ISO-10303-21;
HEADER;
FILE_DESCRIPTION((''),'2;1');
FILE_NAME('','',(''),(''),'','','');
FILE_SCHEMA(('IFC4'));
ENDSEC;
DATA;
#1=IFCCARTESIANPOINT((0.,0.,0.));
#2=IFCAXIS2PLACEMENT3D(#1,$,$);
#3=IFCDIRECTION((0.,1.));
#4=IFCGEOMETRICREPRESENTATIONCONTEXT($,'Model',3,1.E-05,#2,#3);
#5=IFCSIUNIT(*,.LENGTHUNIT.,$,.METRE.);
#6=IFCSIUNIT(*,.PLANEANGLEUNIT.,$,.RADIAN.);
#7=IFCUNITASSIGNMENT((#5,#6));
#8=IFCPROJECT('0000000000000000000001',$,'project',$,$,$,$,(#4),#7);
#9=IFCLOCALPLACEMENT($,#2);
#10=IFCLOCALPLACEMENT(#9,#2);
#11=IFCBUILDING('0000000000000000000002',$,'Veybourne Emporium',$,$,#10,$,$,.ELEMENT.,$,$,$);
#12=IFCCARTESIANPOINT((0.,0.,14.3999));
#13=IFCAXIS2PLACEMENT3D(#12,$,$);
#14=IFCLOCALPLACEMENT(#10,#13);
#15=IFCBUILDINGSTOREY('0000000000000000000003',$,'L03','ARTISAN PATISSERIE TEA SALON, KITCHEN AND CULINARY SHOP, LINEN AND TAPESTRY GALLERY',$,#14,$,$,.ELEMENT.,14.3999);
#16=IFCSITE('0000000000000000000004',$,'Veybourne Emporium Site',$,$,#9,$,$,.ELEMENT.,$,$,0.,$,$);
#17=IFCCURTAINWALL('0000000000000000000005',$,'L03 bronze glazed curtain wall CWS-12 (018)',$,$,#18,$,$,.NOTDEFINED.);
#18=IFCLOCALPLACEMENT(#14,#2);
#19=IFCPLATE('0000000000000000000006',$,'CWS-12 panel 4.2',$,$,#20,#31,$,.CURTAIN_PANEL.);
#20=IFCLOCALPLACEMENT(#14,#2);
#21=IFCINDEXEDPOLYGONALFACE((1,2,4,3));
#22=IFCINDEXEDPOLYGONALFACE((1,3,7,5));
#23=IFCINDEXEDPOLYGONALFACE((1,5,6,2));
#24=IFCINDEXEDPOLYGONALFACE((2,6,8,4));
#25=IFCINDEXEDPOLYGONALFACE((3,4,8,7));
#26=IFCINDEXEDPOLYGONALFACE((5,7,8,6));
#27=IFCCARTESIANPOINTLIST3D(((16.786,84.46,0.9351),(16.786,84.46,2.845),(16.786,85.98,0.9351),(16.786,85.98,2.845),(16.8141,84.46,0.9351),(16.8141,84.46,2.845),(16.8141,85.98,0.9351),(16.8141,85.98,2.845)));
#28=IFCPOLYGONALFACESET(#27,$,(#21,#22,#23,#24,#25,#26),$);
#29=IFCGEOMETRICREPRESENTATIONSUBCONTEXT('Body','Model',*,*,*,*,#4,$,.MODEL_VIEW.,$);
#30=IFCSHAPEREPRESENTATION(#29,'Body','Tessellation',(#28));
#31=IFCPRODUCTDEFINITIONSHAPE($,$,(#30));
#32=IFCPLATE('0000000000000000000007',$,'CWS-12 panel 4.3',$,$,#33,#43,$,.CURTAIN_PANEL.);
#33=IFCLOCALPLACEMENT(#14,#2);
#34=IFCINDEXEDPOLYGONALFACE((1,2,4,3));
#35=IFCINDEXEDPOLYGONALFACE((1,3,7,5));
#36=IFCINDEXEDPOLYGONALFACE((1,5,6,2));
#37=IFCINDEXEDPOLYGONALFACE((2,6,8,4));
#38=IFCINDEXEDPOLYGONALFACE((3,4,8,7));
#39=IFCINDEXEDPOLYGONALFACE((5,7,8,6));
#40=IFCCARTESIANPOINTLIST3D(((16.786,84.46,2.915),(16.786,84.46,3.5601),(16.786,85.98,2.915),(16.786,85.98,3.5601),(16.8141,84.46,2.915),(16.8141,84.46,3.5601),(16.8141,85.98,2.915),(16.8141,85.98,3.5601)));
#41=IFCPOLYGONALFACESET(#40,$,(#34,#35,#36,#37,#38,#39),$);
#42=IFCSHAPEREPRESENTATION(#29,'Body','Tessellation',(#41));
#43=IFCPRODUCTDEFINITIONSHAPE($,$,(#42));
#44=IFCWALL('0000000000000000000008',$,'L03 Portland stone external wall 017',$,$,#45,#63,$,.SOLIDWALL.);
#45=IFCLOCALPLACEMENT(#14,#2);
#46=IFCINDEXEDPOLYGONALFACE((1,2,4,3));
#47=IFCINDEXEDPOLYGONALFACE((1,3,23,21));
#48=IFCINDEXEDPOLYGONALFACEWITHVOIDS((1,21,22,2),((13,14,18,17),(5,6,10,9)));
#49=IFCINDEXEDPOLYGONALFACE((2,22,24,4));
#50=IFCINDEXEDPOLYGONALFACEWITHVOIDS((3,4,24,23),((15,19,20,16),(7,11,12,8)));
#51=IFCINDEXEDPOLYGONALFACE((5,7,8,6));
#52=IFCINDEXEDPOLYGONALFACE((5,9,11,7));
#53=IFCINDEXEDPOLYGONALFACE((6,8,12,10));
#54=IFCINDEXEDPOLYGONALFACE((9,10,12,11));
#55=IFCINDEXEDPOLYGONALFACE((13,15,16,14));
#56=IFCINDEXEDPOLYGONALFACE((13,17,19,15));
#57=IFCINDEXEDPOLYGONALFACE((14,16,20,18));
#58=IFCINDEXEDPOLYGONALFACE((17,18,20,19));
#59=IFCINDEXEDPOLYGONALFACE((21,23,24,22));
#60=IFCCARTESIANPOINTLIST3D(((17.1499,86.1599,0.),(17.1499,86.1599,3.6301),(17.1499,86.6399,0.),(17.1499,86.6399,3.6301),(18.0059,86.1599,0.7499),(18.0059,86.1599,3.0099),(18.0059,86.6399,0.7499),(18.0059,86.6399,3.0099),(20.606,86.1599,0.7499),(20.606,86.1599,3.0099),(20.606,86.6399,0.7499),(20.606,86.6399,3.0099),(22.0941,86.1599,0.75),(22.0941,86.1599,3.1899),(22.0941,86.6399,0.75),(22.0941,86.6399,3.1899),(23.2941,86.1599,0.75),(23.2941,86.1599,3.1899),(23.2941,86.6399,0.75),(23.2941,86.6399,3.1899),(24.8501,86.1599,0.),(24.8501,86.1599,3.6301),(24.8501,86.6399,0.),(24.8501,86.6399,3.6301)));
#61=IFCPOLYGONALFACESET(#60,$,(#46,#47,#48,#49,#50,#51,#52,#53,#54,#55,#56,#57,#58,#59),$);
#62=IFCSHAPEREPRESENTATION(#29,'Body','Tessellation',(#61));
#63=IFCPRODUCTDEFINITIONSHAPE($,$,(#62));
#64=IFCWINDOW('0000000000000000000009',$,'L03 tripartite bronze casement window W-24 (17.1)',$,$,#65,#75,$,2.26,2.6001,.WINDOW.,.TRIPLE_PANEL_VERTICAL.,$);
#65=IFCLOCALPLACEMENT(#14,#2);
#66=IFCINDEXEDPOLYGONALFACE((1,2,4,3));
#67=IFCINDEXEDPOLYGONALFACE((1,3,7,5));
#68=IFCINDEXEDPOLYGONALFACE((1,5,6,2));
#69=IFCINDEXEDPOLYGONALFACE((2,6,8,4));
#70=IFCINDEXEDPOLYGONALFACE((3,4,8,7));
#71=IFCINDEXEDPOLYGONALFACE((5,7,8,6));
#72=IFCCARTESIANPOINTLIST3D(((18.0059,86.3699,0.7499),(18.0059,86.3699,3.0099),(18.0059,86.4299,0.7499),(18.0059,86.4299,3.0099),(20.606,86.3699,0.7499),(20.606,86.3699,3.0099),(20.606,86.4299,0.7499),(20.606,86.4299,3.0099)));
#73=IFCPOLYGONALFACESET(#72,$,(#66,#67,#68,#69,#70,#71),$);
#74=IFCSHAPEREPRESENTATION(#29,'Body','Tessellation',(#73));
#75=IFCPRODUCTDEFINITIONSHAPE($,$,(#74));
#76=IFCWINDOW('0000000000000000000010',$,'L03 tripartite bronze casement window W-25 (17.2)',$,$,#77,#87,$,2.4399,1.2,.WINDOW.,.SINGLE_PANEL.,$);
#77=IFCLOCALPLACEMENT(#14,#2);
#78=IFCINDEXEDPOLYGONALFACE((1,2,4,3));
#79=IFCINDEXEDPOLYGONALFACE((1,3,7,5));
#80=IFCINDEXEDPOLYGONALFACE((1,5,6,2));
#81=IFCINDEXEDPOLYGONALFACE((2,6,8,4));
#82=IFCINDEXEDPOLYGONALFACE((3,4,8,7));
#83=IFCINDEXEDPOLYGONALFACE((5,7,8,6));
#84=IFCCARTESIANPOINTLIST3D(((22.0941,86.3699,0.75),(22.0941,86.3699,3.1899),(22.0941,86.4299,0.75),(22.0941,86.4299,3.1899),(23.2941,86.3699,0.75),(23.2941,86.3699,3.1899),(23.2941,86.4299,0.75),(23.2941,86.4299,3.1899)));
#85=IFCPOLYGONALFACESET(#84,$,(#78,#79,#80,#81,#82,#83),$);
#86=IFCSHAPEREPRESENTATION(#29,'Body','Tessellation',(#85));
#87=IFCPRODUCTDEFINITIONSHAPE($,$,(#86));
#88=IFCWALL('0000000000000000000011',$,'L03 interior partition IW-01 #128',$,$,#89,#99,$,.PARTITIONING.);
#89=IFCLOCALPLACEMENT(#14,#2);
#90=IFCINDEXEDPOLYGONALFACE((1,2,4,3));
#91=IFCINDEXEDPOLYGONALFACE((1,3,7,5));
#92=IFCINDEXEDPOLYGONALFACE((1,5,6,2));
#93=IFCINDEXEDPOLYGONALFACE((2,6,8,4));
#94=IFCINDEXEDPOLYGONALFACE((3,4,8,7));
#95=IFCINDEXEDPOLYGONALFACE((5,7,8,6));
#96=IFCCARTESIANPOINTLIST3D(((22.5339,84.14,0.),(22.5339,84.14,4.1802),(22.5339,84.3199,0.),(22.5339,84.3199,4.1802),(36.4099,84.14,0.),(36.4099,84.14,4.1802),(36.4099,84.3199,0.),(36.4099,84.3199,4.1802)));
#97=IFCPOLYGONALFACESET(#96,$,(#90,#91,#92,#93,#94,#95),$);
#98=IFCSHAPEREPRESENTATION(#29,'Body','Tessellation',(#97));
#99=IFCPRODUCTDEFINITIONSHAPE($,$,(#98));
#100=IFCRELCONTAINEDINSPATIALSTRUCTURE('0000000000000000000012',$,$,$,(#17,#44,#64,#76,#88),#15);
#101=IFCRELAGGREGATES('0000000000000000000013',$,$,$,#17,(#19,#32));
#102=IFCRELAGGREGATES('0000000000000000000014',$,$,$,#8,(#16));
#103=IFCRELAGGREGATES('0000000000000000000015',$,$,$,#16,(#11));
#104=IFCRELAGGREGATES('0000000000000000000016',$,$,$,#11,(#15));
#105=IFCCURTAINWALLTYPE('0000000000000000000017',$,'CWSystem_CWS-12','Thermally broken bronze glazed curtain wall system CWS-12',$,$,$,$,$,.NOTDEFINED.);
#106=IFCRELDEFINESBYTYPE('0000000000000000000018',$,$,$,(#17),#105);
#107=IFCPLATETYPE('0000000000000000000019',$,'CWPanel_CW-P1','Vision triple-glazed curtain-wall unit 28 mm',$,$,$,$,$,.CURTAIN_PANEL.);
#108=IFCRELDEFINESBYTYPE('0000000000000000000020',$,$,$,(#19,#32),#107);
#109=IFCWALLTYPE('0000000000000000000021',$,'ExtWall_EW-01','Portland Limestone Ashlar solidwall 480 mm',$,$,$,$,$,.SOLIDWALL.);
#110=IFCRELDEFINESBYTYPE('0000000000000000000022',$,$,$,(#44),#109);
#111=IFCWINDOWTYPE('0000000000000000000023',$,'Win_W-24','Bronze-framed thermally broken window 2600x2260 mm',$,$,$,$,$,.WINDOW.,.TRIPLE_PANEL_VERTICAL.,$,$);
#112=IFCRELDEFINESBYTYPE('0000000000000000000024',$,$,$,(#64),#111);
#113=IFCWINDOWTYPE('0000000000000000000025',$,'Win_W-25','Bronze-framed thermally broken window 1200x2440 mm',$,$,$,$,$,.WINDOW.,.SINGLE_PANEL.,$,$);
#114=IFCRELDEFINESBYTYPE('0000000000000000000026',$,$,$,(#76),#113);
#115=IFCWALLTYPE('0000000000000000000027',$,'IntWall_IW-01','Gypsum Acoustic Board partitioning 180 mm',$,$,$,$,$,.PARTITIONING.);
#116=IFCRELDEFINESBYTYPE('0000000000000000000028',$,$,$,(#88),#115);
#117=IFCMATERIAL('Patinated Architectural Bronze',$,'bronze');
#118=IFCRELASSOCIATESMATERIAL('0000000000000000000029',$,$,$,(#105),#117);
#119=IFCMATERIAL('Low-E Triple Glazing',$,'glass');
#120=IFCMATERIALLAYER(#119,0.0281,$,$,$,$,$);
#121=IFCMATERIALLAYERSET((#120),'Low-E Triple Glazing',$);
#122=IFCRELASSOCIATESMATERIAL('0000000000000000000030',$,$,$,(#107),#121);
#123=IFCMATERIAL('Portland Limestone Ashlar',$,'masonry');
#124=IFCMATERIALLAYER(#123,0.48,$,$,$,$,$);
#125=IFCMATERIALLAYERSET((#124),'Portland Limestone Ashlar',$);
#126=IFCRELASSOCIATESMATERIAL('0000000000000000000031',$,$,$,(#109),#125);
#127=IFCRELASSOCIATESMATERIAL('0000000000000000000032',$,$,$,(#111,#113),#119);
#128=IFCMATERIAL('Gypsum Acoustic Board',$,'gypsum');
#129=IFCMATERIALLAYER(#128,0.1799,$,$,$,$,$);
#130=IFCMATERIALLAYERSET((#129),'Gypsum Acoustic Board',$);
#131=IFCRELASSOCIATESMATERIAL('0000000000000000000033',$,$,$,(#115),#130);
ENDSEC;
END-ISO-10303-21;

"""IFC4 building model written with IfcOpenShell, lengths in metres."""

from ifc_helpers import new_model, si_unit, direction, frame, frame_2d, origin, origin_2d, place, context, subcontext, project, spatial, rectangle, extrude, material, layer, layer_set, type_object, element, fill, aggregate, save


model = new_model("IFC4")

# Units and contexts
model_context = context("Model", 3, precision=1e-05, world=origin(), true_north=direction((0.0, 1.0)))
body_context = subcontext(model_context, "Body", "Model", "MODEL_VIEW")
ifc_project = project(units=[si_unit("LENGTHUNIT", "METRE"), si_unit("PLANEANGLEUNIT", "RADIAN")], contexts=[model_context])

# Site, building, storey
site_placement = place(None, origin())
site = spatial("IfcSite", under=ifc_project, at=site_placement, Name="Veybourne Emporium Site", CompositionType="ELEMENT", RefElevation=0.0)
building_placement = place(site_placement, origin())
building = spatial("IfcBuilding", under=site, at=building_placement, Name="Veybourne Emporium", CompositionType="ELEMENT")
storey_placement = place(building_placement, frame((0.0, 0.0, 14.3999)))
storey = spatial("IfcBuildingStorey", under=building, at=storey_placement, Name="L03", Description="ARTISAN PATISSERIE TEA SALON, KITCHEN AND CULINARY SHOP, LINEN AND TAPESTRY GALLERY", CompositionType="ELEMENT", Elevation=14.3999)

# Curtain wall
ifc_material_1 = material(Name="Patinated Architectural Bronze", Category="bronze")
curtain_wall_type = type_object("IfcCurtainWallType", Name="CWSystem_CWS-12", Description="Thermally broken bronze glazed curtain wall system CWS-12", PredefinedType="NOTDEFINED", material=ifc_material_1)
curtain_wall_placement = place(storey_placement, origin())
curtain_wall = element("IfcCurtainWall", 1, at=curtain_wall_placement, inside=storey, type_object=curtain_wall_type, Name="L03 bronze glazed curtain wall CWS-12 (018)", PredefinedType="NOTDEFINED")

# Plates
ifc_material_2 = material(Name="Low-E Triple Glazing", Category="glass")
ifc_layer_1 = layer(ifc_material_2, 0.0281)
ifc_layer_set_1 = layer_set([ifc_layer_1], Name="Low-E Triple Glazing")
plate_type = type_object("IfcPlateType", Name="CWPanel_CW-P1", Description="Vision triple-glazed curtain-wall unit 28 mm", PredefinedType="CURTAIN_PANEL", material=ifc_layer_set_1)
plate_1_placement = place(storey_placement, frame((16.8, 85.22, 0.9351), z_axis=(0.0, 0.0, 1.0), x_axis=(0.0, 1.0, 0.0)))
plate_1 = element("IfcPlate", 2, at=plate_1_placement, type_object=plate_type, Name="CWS-12 panel 4.2", PredefinedType="CURTAIN_PANEL", context=body_context, shape_type="SweptSolid", body=[
    extrude(rectangle(XDim=1.52, YDim=0.0281, at=origin_2d()), origin(), (0.0, 0.0, 1.0), 1.9099),
])
plate_2_placement = place(storey_placement, frame((16.8, 85.22, 2.915), z_axis=(0.0, 0.0, 1.0), x_axis=(0.0, 1.0, 0.0)))
plate_2 = element("IfcPlate", 3, at=plate_2_placement, type_object=plate_type, Name="CWS-12 panel 4.3", PredefinedType="CURTAIN_PANEL", context=body_context, shape_type="SweptSolid", body=[
    extrude(rectangle(XDim=1.52, YDim=0.0281, at=origin_2d()), origin(), (0.0, 0.0, 1.0), 0.645),
])
aggregate(curtain_wall, [plate_1, plate_2])

# Wall, openings, windows
ifc_material_3 = material(Name="Portland Limestone Ashlar", Category="masonry")
ifc_layer_2 = layer(ifc_material_3, 0.48)
ifc_layer_set_2 = layer_set([ifc_layer_2], Name="Portland Limestone Ashlar")
wall_type_1 = type_object("IfcWallType", Name="ExtWall_EW-01", Description="Portland Limestone Ashlar solidwall 480 mm", PredefinedType="SOLIDWALL", material=ifc_layer_set_2)
wall_1_placement = place(storey_placement, frame((17.1499, 86.3999, 0.0), z_axis=(0.0, 0.0, 1.0), x_axis=(1.0, 0.0, 0.0)))
wall_1 = element("IfcWall", 4, at=wall_1_placement, inside=storey, type_object=wall_type_1, Name="L03 Portland stone external wall 017", PredefinedType="SOLIDWALL", context=body_context, shape_type="SweptSolid", body=[
    extrude(rectangle(XDim=7.7002, YDim=0.48, at=frame_2d((3.8501, 0.0))), origin(), (0.0, 0.0, 1.0), 3.6301),
])
opening_1_placement = place(wall_1_placement, frame((0.856, 0.0, 0.75)))
opening_1 = element("IfcOpeningElement", 5, at=opening_1_placement, cuts=wall_1, PredefinedType="OPENING", context=body_context, shape_type="SweptSolid", body=[
    extrude(rectangle(XDim=2.6001, YDim=2.26, at=frame_2d((1.3, 1.1299))), frame((0.0, 0.26, 0.0), z_axis=(0.0, -1.0, 0.0), x_axis=(1.0, 0.0, 0.0)), (0.0, 0.0, 1.0), 0.52),
])
opening_2_placement = place(wall_1_placement, frame((4.9441, 0.0, 0.75)))
opening_2 = element("IfcOpeningElement", 6, at=opening_2_placement, cuts=wall_1, PredefinedType="OPENING", context=body_context, shape_type="SweptSolid", body=[
    extrude(rectangle(XDim=1.2, YDim=2.4399, at=frame_2d((0.6001, 1.22))), frame((0.0, 0.26, 0.0), z_axis=(0.0, -1.0, 0.0), x_axis=(1.0, 0.0, 0.0)), (0.0, 0.0, 1.0), 0.52),
])
window_type_1 = type_object("IfcWindowType", Name="Win_W-24", Description="Bronze-framed thermally broken window 2600x2260 mm", PartitioningType="TRIPLE_PANEL_VERTICAL", PredefinedType="WINDOW", material=ifc_material_2)
window_1_placement = place(opening_1_placement, origin())
window_1 = element("IfcWindow", 7, at=window_1_placement, inside=storey, type_object=window_type_1, Name="L03 tripartite bronze casement window W-24 (17.1)", OverallHeight=2.26, OverallWidth=2.6001, PartitioningType="TRIPLE_PANEL_VERTICAL", PredefinedType="WINDOW", context=body_context, shape_type="SweptSolid", body=[
    extrude(rectangle(XDim=2.6001, YDim=2.26, at=frame_2d((1.3, 1.1299))), frame((0.0, 0.03, 0.0), z_axis=(0.0, -1.0, 0.0), x_axis=(1.0, 0.0, 0.0)), (0.0, 0.0, 1.0), 0.0601),
])
fill(opening_1, window_1)
window_type_2 = type_object("IfcWindowType", Name="Win_W-25", Description="Bronze-framed thermally broken window 1200x2440 mm", PartitioningType="SINGLE_PANEL", PredefinedType="WINDOW", material=ifc_material_2)
window_2_placement = place(opening_2_placement, origin())
window_2 = element("IfcWindow", 8, at=window_2_placement, inside=storey, type_object=window_type_2, Name="L03 tripartite bronze casement window W-25 (17.2)", OverallHeight=2.4399, OverallWidth=1.2, PartitioningType="SINGLE_PANEL", PredefinedType="WINDOW", context=body_context, shape_type="SweptSolid", body=[
    extrude(rectangle(XDim=1.2, YDim=2.4399, at=frame_2d((0.6001, 1.22))), frame((0.0, 0.03, 0.0), z_axis=(0.0, -1.0, 0.0), x_axis=(1.0, 0.0, 0.0)), (0.0, 0.0, 1.0), 0.0601),
])
fill(opening_2, window_2)

# Wall
ifc_material_4 = material(Name="Gypsum Acoustic Board", Category="gypsum")
ifc_layer_3 = layer(ifc_material_4, 0.1799)
ifc_layer_set_3 = layer_set([ifc_layer_3], Name="Gypsum Acoustic Board")
wall_type_2 = type_object("IfcWallType", Name="IntWall_IW-01", Description="Gypsum Acoustic Board partitioning 180 mm", PredefinedType="PARTITIONING", material=ifc_layer_set_3)
wall_2_placement = place(storey_placement, frame((22.5339, 84.23, 0.0), z_axis=(0.0, 0.0, 1.0), x_axis=(1.0, 0.0, 0.0)))
element("IfcWall", 9, at=wall_2_placement, inside=storey, type_object=wall_type_2, Name="L03 interior partition IW-01 #128", PredefinedType="PARTITIONING", context=body_context, shape_type="SweptSolid", body=[
    extrude(rectangle(XDim=13.876, YDim=0.1799, at=frame_2d((6.938, 0.0))), origin(), (0.0, 0.0, 1.0), 4.1802),
])

save(model, "model.ifc")
